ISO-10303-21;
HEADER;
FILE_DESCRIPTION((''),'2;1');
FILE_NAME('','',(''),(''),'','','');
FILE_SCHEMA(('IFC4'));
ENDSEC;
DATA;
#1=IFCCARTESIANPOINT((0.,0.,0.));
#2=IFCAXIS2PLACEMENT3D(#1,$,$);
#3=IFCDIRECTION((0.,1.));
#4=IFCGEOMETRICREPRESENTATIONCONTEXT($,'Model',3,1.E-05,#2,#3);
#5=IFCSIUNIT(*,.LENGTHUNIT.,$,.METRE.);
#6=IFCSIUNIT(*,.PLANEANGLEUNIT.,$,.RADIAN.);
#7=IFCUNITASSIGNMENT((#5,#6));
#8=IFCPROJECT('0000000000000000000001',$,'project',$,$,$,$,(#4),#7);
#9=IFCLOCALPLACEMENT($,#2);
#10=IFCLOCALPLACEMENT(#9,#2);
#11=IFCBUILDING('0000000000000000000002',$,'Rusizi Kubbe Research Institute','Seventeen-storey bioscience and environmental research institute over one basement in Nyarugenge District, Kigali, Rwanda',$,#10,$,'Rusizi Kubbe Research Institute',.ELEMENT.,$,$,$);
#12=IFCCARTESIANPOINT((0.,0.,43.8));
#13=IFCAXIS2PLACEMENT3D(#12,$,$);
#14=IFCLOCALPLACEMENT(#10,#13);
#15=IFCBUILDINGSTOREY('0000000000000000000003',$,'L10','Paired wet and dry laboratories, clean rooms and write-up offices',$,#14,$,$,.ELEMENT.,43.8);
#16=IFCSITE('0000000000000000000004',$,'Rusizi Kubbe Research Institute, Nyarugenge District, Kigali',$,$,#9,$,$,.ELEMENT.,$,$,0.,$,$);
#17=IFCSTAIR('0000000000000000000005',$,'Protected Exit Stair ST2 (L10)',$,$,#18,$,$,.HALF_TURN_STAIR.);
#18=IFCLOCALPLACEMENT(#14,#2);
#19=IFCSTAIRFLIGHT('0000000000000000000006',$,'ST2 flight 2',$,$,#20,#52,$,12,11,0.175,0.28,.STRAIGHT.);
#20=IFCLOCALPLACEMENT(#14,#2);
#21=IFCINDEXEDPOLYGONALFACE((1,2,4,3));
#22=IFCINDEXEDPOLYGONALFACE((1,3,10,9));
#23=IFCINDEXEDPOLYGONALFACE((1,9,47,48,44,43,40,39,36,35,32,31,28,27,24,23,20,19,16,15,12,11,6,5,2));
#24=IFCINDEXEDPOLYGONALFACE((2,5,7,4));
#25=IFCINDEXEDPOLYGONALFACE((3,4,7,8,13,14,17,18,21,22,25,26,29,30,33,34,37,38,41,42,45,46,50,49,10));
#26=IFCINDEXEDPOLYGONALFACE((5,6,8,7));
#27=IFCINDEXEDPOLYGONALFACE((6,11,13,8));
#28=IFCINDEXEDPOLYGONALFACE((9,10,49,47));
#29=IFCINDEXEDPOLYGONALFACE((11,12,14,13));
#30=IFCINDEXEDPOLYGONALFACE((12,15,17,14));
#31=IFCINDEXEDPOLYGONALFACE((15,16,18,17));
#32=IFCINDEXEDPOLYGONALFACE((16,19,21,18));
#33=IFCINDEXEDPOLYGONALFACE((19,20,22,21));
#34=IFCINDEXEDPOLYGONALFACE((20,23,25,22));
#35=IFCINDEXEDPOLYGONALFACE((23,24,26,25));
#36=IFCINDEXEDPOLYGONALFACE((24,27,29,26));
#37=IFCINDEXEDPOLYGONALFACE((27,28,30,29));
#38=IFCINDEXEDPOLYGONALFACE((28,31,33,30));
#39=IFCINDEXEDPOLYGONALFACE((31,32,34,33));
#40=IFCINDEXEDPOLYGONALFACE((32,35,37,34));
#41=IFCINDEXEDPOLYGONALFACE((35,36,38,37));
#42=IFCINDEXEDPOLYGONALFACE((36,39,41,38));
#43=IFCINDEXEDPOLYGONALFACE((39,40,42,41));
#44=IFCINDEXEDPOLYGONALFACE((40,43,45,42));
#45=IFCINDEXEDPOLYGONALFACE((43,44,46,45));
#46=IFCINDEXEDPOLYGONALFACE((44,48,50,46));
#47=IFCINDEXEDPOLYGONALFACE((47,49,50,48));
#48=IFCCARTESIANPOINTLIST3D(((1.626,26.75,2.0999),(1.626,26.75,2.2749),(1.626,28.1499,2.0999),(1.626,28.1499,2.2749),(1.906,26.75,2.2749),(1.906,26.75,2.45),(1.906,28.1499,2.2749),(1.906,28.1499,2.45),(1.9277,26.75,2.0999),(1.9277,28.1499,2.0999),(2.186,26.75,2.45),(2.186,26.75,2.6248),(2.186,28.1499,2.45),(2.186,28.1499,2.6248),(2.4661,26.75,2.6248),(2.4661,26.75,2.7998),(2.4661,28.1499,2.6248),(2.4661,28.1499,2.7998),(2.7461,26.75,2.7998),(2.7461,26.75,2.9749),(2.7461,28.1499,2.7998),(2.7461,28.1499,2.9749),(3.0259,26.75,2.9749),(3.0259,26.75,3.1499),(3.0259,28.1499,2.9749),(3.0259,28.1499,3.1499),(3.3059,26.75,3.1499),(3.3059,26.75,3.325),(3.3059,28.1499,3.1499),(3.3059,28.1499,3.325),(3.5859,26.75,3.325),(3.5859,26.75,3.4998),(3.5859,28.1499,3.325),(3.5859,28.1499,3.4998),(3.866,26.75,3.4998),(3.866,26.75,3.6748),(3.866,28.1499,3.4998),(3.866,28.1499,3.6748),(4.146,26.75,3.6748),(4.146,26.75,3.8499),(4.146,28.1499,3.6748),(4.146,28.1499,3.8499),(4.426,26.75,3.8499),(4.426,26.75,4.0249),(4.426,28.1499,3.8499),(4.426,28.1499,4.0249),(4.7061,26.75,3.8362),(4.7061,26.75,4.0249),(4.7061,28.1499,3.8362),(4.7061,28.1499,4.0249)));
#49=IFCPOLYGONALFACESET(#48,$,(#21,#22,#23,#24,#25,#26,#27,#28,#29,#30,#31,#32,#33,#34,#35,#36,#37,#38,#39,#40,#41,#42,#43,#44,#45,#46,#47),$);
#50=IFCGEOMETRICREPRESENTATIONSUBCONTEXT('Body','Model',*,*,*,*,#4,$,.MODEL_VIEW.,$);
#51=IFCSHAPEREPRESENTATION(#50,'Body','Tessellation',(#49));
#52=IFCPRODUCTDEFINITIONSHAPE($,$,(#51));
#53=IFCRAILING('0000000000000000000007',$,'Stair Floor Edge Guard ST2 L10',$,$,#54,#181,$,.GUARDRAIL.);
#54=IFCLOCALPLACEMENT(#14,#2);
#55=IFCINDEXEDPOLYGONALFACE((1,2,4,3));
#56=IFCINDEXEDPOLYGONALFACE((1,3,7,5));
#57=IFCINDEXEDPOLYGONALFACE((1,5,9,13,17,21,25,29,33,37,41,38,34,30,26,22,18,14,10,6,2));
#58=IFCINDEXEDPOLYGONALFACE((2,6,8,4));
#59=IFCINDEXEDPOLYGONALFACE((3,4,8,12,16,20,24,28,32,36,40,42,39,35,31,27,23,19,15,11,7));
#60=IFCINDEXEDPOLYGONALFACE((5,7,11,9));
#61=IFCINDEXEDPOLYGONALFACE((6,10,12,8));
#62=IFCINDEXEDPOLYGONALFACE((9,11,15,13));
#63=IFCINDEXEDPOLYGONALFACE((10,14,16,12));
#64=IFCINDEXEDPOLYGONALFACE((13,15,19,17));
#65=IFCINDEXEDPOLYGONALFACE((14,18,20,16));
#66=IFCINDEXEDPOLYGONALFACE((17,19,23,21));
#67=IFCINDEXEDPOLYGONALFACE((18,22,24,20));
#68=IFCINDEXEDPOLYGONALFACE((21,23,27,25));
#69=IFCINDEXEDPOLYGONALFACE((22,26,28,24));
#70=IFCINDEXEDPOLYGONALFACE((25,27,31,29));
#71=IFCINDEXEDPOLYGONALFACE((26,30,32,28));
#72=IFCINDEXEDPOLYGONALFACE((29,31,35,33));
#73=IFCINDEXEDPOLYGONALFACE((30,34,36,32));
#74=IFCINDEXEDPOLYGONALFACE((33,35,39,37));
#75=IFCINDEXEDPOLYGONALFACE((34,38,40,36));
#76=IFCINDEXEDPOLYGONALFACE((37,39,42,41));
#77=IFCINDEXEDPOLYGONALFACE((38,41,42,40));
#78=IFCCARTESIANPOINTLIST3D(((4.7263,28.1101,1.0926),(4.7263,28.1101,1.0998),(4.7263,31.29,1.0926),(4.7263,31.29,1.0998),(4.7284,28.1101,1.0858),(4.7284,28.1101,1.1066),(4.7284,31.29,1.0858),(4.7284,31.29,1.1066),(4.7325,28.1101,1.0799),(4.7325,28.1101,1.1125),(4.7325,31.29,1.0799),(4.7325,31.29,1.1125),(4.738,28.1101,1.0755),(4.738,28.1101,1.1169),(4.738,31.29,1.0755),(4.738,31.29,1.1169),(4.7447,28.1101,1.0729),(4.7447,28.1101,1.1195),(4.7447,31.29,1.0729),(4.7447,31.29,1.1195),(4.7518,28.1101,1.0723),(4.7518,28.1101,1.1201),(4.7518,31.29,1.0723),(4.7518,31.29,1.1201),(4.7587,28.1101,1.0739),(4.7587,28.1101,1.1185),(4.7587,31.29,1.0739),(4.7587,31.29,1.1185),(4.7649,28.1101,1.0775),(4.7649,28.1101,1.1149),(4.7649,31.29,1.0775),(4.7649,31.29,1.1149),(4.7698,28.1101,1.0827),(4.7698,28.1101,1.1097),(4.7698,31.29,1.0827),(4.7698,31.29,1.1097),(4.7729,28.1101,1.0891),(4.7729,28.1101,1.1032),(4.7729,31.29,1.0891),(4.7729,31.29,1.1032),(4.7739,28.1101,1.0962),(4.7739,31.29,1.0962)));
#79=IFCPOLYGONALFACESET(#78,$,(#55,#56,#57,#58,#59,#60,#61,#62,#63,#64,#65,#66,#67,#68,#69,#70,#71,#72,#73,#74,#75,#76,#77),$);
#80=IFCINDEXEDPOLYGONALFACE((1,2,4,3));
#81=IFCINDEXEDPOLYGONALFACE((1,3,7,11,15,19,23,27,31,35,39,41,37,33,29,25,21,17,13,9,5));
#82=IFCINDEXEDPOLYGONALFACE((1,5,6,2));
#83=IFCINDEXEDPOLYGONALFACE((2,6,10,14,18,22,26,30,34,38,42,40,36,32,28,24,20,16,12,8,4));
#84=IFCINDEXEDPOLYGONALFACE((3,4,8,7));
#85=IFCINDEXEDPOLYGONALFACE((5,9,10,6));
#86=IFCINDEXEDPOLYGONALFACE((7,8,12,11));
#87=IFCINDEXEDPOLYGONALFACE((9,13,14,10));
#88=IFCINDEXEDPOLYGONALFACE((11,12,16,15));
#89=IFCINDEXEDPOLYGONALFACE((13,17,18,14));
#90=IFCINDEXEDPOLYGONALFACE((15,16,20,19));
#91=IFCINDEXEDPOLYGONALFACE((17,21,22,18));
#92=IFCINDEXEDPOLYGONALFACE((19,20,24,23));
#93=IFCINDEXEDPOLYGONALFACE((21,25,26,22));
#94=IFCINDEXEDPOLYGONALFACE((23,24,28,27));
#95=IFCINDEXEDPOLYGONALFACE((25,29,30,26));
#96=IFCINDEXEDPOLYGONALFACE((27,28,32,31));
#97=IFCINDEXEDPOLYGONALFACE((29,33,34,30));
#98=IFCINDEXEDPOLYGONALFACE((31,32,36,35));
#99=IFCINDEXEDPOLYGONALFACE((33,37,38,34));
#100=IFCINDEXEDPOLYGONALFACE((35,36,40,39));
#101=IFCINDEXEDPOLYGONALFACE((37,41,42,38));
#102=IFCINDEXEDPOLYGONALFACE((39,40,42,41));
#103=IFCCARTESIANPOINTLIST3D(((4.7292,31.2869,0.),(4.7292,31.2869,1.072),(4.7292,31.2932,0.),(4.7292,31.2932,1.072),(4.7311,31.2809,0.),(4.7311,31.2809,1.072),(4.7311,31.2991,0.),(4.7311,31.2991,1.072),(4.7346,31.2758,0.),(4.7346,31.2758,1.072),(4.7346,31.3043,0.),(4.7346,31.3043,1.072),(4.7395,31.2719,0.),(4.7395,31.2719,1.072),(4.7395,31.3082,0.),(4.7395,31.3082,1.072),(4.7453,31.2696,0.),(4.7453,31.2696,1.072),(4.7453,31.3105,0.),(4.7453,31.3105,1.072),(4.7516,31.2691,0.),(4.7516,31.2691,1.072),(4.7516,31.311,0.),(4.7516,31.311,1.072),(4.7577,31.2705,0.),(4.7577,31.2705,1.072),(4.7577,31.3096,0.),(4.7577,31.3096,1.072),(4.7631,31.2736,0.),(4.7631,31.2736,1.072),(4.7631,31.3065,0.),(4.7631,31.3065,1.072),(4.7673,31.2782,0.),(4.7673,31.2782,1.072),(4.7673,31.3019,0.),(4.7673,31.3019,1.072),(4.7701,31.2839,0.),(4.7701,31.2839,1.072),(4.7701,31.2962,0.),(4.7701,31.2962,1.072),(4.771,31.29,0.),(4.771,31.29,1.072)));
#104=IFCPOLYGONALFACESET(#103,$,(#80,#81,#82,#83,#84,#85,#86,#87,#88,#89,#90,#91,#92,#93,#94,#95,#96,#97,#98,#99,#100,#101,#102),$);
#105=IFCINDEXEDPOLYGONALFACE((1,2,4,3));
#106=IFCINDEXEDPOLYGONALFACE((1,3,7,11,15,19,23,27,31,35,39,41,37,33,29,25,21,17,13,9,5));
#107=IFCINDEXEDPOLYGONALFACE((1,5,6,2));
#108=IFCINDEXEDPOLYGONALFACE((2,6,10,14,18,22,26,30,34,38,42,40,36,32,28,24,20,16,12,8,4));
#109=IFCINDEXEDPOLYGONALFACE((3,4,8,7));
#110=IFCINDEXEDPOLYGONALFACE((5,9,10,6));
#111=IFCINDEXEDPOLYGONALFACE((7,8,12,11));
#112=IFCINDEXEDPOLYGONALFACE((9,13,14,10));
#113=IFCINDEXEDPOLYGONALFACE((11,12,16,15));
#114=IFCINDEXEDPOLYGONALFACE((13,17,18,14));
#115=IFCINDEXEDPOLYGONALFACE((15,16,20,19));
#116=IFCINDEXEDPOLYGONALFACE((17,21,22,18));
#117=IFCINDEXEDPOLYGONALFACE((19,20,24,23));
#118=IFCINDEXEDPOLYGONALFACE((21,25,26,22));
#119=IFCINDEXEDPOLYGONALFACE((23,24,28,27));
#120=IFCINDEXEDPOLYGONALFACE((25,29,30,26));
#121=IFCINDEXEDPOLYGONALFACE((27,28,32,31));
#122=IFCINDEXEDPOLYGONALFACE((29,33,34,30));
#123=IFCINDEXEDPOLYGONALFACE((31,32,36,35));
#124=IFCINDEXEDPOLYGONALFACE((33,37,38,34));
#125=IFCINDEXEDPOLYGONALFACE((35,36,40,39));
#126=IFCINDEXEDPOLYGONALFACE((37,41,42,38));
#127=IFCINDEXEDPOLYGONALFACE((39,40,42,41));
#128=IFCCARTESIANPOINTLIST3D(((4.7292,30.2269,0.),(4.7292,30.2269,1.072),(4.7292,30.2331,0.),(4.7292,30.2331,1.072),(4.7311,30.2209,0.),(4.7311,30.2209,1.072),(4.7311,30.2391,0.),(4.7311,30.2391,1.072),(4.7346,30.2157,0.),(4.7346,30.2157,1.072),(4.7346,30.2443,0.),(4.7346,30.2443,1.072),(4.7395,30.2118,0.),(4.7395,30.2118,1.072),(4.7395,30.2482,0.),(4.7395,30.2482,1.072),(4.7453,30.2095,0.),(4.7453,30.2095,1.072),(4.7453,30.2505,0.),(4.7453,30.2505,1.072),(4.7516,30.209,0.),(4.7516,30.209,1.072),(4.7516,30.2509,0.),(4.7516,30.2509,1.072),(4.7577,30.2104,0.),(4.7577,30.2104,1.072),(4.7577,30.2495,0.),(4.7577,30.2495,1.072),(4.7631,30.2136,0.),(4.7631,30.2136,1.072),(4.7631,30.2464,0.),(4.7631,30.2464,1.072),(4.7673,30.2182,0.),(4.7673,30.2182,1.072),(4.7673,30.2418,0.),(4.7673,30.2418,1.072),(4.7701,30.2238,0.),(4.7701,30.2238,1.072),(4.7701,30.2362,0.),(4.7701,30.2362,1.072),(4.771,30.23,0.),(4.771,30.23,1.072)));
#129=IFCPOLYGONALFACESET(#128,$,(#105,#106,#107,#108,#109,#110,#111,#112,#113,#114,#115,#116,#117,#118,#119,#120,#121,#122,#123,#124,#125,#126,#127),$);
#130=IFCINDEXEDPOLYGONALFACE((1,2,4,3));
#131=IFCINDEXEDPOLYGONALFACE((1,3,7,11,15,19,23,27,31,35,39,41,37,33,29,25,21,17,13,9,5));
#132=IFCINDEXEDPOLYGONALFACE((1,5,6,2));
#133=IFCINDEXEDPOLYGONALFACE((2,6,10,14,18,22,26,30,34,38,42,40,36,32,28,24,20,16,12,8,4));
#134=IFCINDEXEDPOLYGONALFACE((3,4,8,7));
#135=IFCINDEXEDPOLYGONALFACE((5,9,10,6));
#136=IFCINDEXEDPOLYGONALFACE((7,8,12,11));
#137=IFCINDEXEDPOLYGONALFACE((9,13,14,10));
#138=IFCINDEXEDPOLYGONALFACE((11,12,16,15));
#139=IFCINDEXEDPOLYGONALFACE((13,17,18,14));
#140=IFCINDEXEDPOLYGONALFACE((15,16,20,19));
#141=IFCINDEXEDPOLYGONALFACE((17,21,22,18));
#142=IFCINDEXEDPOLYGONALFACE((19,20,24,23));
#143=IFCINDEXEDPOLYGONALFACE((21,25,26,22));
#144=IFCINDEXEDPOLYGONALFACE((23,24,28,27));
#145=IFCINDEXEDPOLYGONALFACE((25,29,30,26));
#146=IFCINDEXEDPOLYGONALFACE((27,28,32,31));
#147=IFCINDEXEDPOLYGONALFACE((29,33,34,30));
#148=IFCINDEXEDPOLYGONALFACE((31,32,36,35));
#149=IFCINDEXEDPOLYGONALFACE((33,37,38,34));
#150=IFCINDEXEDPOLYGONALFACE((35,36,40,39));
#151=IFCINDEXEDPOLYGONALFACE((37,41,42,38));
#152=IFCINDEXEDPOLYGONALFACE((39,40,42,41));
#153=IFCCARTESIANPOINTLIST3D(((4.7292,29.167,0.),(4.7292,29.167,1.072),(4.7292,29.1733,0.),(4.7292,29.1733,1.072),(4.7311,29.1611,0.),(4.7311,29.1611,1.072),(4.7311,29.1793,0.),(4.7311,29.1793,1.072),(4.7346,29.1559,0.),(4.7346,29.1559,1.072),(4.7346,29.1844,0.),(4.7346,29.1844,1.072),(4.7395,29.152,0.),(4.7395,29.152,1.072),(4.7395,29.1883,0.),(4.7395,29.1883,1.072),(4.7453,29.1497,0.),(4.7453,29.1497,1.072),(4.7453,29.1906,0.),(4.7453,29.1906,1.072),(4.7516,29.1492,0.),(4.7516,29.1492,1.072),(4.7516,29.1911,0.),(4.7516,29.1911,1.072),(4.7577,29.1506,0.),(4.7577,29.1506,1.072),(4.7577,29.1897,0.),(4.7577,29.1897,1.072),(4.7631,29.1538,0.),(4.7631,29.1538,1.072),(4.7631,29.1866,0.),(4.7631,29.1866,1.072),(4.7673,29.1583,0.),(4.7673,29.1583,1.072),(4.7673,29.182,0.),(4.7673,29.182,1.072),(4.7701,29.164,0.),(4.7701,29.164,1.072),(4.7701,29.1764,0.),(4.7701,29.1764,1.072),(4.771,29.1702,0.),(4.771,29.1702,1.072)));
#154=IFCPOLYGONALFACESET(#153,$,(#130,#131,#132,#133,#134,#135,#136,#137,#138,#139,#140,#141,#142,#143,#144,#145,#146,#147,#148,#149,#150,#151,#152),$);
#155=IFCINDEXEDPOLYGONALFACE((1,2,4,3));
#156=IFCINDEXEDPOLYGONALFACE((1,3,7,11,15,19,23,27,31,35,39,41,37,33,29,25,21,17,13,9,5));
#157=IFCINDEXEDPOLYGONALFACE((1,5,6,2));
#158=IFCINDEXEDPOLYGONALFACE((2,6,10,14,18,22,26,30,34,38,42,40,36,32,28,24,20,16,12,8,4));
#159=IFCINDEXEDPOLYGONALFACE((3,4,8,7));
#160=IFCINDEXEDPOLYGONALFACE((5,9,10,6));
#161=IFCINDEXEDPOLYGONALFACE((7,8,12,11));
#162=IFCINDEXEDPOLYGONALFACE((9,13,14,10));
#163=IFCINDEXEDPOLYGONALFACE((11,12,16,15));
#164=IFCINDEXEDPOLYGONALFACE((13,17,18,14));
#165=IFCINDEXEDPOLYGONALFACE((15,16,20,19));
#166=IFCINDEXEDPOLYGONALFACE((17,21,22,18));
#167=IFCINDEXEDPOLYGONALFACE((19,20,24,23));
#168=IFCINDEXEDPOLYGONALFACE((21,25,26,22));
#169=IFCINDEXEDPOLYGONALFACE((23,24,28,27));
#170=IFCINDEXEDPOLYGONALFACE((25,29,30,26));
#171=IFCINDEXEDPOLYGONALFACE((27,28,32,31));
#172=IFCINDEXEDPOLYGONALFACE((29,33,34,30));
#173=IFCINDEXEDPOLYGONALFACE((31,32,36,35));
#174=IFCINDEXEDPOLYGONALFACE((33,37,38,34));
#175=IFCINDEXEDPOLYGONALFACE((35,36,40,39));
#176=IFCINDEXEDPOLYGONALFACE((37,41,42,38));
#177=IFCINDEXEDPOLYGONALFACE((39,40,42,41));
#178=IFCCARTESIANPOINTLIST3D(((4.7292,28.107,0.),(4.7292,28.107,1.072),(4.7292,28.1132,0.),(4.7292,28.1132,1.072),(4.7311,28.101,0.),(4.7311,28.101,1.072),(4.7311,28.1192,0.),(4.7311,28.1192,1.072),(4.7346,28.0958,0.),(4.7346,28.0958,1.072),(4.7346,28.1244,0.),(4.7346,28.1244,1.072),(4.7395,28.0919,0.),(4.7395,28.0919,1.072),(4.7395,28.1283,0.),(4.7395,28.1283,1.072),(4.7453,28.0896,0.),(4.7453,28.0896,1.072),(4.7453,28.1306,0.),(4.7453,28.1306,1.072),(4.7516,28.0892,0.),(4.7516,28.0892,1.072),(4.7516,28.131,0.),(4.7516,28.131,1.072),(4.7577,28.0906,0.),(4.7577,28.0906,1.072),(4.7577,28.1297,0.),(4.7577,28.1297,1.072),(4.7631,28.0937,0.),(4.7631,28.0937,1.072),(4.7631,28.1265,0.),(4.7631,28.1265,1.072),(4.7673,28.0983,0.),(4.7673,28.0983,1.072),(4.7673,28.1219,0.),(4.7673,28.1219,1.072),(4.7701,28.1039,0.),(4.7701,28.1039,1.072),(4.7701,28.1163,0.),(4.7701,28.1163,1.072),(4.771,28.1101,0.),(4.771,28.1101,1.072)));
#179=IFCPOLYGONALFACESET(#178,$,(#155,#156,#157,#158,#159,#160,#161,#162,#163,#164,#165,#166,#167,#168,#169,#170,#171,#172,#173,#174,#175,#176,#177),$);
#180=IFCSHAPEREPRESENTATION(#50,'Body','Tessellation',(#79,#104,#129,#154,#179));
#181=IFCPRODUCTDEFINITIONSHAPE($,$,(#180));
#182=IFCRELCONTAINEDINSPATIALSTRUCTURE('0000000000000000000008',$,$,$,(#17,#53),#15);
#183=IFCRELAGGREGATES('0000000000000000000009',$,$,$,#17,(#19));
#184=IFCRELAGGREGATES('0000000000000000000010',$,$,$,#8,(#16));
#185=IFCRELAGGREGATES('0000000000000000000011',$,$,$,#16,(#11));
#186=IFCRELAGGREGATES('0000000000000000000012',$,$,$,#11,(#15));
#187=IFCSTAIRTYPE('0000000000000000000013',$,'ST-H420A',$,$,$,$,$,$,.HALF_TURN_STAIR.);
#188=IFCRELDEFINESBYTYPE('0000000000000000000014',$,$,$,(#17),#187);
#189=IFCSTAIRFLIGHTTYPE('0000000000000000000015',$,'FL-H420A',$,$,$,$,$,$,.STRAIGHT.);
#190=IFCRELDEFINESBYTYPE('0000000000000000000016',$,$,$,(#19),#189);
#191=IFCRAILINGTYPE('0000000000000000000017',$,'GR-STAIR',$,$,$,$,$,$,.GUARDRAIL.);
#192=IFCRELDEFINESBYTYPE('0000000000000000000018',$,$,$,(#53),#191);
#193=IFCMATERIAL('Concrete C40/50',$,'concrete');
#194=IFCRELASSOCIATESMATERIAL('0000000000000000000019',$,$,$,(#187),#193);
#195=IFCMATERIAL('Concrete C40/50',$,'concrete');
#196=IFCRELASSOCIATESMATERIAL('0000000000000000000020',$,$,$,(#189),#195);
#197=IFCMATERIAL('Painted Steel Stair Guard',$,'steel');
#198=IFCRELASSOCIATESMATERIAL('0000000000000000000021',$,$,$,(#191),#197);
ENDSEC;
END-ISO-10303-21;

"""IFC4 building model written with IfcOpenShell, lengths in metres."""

from ifc_helpers import new_model, si_unit, direction, frame, origin, origin_2d, place, context, subcontext, project, spatial, polyline, circle, outline, extrude, material, type_object, element, aggregate, save


model = new_model("IFC4")

# Units and contexts
model_context = context("Model", 3, precision=1e-05, world=origin(), true_north=direction((0.0, 1.0)))
body_context = subcontext(model_context, "Body", "Model", "MODEL_VIEW")
ifc_project = project(units=[si_unit("LENGTHUNIT", "METRE"), si_unit("PLANEANGLEUNIT", "RADIAN")], contexts=[model_context])

# Site, building, storey
site_placement = place(None, origin())
site = spatial("IfcSite", under=ifc_project, at=site_placement, Name="Rusizi Kubbe Research Institute, Nyarugenge District, Kigali", CompositionType="ELEMENT", RefElevation=0.0)
building_placement = place(site_placement, origin())
building = spatial("IfcBuilding", under=site, at=building_placement, Name="Rusizi Kubbe Research Institute", Description="Seventeen-storey bioscience and environmental research institute over one basement in Nyarugenge District, Kigali, Rwanda", LongName="Rusizi Kubbe Research Institute", CompositionType="ELEMENT")
storey_placement = place(building_placement, frame((0.0, 0.0, 43.8)))
storey = spatial("IfcBuildingStorey", under=building, at=storey_placement, Name="L10", Description="Paired wet and dry laboratories, clean rooms and write-up offices", CompositionType="ELEMENT", Elevation=43.8)

# Stair, stair flight
ifc_material_1 = material(Name="Concrete C40/50", Category="concrete")
stair_type = type_object("IfcStairType", Name="ST-H420A", PredefinedType="HALF_TURN_STAIR", material=ifc_material_1)
stair_placement = place(storey_placement, origin())
stair = element("IfcStair", 1, at=stair_placement, inside=storey, type_object=stair_type, Name="Protected Exit Stair ST2 (L10)", PredefinedType="HALF_TURN_STAIR")
ifc_material_2 = material(Name="Concrete C40/50", Category="concrete")
stair_flight_type = type_object("IfcStairFlightType", Name="FL-H420A", PredefinedType="STRAIGHT", material=ifc_material_2)
stair_flight_1_placement = place(storey_placement, frame((1.626, 27.45, 2.0999), z_axis=(0.0, 0.0, 1.0), x_axis=(1.0, 0.0, 0.0)))
stair_flight_1 = element("IfcStairFlight", 2, at=stair_flight_1_placement, type_object=stair_flight_type, Name="ST2 flight 2", NumberOfRisers=12, NumberOfTreads=11, PredefinedType="STRAIGHT", RiserHeight=0.175, TreadLength=0.28, context=body_context, shape_type="SweptSolid", body=[
    extrude(outline(polyline([(0.0, 0.0), (0.0, 0.175), (0.28, 0.175), (0.28, 0.3501), (0.5601, 0.3501), (0.5601, 0.5249), (0.8401, 0.5249), (0.8401, 0.7), (1.1201, 0.7), (1.1201, 0.875), (1.3999, 0.875), (1.3999, 1.05), (1.6799, 1.05), (1.6799, 1.2251), (1.96, 1.2251), (1.96, 1.3999), (2.24, 1.3999), (2.24, 1.575), (2.52, 1.575), (2.52, 1.75), (2.8, 1.75), (2.8, 1.925), (3.0801, 1.925), (3.0801, 2.1001), (3.0801, 1.7363), (0.3018, 0.0), (0.0, 0.0)])), frame((0.0, 0.7, 0.0), z_axis=(0.0, -1.0, 0.0), x_axis=(1.0, 0.0, 0.0)), (0.0, 0.0, 1.0), 1.3999),
])
aggregate(stair, [stair_flight_1])

# Railing
ifc_material_3 = material(Name="Painted Steel Stair Guard", Category="steel")
railing_type_1 = type_object("IfcRailingType", Name="GR-STAIR", PredefinedType="GUARDRAIL", material=ifc_material_3)
railing_1_placement = place(storey_placement, frame((4.75, 31.29, 0.0)))
element("IfcRailing", 3, at=railing_1_placement, inside=storey, type_object=railing_type_1, Name="Stair Floor Edge Guard ST2 L10", PredefinedType="GUARDRAIL", context=body_context, shape_type="SweptSolid", body=[
    extrude(circle(Radius=0.0239, at=origin_2d()), frame((0.0, 0.0, 1.0962), z_axis=(0.0, -1.0, 0.0), x_axis=(1.0, 0.0, 0.0)), (0.0, 0.0, 1.0), 3.1799),
    extrude(circle(Radius=0.021, at=origin_2d()), origin(), (0.0, 0.0, 1.0), 1.072),
    extrude(circle(Radius=0.021, at=origin_2d()), frame((0.0, -1.0601, 0.0)), (0.0, 0.0, 1.0), 1.072),
    extrude(circle(Radius=0.021, at=origin_2d()), frame((0.0, -2.1199, 0.0)), (0.0, 0.0, 1.0), 1.072),
    extrude(circle(Radius=0.021, at=origin_2d()), frame((0.0, -3.1799, 0.0)), (0.0, 0.0, 1.0), 1.072),
])

save(model, "model.ifc")
